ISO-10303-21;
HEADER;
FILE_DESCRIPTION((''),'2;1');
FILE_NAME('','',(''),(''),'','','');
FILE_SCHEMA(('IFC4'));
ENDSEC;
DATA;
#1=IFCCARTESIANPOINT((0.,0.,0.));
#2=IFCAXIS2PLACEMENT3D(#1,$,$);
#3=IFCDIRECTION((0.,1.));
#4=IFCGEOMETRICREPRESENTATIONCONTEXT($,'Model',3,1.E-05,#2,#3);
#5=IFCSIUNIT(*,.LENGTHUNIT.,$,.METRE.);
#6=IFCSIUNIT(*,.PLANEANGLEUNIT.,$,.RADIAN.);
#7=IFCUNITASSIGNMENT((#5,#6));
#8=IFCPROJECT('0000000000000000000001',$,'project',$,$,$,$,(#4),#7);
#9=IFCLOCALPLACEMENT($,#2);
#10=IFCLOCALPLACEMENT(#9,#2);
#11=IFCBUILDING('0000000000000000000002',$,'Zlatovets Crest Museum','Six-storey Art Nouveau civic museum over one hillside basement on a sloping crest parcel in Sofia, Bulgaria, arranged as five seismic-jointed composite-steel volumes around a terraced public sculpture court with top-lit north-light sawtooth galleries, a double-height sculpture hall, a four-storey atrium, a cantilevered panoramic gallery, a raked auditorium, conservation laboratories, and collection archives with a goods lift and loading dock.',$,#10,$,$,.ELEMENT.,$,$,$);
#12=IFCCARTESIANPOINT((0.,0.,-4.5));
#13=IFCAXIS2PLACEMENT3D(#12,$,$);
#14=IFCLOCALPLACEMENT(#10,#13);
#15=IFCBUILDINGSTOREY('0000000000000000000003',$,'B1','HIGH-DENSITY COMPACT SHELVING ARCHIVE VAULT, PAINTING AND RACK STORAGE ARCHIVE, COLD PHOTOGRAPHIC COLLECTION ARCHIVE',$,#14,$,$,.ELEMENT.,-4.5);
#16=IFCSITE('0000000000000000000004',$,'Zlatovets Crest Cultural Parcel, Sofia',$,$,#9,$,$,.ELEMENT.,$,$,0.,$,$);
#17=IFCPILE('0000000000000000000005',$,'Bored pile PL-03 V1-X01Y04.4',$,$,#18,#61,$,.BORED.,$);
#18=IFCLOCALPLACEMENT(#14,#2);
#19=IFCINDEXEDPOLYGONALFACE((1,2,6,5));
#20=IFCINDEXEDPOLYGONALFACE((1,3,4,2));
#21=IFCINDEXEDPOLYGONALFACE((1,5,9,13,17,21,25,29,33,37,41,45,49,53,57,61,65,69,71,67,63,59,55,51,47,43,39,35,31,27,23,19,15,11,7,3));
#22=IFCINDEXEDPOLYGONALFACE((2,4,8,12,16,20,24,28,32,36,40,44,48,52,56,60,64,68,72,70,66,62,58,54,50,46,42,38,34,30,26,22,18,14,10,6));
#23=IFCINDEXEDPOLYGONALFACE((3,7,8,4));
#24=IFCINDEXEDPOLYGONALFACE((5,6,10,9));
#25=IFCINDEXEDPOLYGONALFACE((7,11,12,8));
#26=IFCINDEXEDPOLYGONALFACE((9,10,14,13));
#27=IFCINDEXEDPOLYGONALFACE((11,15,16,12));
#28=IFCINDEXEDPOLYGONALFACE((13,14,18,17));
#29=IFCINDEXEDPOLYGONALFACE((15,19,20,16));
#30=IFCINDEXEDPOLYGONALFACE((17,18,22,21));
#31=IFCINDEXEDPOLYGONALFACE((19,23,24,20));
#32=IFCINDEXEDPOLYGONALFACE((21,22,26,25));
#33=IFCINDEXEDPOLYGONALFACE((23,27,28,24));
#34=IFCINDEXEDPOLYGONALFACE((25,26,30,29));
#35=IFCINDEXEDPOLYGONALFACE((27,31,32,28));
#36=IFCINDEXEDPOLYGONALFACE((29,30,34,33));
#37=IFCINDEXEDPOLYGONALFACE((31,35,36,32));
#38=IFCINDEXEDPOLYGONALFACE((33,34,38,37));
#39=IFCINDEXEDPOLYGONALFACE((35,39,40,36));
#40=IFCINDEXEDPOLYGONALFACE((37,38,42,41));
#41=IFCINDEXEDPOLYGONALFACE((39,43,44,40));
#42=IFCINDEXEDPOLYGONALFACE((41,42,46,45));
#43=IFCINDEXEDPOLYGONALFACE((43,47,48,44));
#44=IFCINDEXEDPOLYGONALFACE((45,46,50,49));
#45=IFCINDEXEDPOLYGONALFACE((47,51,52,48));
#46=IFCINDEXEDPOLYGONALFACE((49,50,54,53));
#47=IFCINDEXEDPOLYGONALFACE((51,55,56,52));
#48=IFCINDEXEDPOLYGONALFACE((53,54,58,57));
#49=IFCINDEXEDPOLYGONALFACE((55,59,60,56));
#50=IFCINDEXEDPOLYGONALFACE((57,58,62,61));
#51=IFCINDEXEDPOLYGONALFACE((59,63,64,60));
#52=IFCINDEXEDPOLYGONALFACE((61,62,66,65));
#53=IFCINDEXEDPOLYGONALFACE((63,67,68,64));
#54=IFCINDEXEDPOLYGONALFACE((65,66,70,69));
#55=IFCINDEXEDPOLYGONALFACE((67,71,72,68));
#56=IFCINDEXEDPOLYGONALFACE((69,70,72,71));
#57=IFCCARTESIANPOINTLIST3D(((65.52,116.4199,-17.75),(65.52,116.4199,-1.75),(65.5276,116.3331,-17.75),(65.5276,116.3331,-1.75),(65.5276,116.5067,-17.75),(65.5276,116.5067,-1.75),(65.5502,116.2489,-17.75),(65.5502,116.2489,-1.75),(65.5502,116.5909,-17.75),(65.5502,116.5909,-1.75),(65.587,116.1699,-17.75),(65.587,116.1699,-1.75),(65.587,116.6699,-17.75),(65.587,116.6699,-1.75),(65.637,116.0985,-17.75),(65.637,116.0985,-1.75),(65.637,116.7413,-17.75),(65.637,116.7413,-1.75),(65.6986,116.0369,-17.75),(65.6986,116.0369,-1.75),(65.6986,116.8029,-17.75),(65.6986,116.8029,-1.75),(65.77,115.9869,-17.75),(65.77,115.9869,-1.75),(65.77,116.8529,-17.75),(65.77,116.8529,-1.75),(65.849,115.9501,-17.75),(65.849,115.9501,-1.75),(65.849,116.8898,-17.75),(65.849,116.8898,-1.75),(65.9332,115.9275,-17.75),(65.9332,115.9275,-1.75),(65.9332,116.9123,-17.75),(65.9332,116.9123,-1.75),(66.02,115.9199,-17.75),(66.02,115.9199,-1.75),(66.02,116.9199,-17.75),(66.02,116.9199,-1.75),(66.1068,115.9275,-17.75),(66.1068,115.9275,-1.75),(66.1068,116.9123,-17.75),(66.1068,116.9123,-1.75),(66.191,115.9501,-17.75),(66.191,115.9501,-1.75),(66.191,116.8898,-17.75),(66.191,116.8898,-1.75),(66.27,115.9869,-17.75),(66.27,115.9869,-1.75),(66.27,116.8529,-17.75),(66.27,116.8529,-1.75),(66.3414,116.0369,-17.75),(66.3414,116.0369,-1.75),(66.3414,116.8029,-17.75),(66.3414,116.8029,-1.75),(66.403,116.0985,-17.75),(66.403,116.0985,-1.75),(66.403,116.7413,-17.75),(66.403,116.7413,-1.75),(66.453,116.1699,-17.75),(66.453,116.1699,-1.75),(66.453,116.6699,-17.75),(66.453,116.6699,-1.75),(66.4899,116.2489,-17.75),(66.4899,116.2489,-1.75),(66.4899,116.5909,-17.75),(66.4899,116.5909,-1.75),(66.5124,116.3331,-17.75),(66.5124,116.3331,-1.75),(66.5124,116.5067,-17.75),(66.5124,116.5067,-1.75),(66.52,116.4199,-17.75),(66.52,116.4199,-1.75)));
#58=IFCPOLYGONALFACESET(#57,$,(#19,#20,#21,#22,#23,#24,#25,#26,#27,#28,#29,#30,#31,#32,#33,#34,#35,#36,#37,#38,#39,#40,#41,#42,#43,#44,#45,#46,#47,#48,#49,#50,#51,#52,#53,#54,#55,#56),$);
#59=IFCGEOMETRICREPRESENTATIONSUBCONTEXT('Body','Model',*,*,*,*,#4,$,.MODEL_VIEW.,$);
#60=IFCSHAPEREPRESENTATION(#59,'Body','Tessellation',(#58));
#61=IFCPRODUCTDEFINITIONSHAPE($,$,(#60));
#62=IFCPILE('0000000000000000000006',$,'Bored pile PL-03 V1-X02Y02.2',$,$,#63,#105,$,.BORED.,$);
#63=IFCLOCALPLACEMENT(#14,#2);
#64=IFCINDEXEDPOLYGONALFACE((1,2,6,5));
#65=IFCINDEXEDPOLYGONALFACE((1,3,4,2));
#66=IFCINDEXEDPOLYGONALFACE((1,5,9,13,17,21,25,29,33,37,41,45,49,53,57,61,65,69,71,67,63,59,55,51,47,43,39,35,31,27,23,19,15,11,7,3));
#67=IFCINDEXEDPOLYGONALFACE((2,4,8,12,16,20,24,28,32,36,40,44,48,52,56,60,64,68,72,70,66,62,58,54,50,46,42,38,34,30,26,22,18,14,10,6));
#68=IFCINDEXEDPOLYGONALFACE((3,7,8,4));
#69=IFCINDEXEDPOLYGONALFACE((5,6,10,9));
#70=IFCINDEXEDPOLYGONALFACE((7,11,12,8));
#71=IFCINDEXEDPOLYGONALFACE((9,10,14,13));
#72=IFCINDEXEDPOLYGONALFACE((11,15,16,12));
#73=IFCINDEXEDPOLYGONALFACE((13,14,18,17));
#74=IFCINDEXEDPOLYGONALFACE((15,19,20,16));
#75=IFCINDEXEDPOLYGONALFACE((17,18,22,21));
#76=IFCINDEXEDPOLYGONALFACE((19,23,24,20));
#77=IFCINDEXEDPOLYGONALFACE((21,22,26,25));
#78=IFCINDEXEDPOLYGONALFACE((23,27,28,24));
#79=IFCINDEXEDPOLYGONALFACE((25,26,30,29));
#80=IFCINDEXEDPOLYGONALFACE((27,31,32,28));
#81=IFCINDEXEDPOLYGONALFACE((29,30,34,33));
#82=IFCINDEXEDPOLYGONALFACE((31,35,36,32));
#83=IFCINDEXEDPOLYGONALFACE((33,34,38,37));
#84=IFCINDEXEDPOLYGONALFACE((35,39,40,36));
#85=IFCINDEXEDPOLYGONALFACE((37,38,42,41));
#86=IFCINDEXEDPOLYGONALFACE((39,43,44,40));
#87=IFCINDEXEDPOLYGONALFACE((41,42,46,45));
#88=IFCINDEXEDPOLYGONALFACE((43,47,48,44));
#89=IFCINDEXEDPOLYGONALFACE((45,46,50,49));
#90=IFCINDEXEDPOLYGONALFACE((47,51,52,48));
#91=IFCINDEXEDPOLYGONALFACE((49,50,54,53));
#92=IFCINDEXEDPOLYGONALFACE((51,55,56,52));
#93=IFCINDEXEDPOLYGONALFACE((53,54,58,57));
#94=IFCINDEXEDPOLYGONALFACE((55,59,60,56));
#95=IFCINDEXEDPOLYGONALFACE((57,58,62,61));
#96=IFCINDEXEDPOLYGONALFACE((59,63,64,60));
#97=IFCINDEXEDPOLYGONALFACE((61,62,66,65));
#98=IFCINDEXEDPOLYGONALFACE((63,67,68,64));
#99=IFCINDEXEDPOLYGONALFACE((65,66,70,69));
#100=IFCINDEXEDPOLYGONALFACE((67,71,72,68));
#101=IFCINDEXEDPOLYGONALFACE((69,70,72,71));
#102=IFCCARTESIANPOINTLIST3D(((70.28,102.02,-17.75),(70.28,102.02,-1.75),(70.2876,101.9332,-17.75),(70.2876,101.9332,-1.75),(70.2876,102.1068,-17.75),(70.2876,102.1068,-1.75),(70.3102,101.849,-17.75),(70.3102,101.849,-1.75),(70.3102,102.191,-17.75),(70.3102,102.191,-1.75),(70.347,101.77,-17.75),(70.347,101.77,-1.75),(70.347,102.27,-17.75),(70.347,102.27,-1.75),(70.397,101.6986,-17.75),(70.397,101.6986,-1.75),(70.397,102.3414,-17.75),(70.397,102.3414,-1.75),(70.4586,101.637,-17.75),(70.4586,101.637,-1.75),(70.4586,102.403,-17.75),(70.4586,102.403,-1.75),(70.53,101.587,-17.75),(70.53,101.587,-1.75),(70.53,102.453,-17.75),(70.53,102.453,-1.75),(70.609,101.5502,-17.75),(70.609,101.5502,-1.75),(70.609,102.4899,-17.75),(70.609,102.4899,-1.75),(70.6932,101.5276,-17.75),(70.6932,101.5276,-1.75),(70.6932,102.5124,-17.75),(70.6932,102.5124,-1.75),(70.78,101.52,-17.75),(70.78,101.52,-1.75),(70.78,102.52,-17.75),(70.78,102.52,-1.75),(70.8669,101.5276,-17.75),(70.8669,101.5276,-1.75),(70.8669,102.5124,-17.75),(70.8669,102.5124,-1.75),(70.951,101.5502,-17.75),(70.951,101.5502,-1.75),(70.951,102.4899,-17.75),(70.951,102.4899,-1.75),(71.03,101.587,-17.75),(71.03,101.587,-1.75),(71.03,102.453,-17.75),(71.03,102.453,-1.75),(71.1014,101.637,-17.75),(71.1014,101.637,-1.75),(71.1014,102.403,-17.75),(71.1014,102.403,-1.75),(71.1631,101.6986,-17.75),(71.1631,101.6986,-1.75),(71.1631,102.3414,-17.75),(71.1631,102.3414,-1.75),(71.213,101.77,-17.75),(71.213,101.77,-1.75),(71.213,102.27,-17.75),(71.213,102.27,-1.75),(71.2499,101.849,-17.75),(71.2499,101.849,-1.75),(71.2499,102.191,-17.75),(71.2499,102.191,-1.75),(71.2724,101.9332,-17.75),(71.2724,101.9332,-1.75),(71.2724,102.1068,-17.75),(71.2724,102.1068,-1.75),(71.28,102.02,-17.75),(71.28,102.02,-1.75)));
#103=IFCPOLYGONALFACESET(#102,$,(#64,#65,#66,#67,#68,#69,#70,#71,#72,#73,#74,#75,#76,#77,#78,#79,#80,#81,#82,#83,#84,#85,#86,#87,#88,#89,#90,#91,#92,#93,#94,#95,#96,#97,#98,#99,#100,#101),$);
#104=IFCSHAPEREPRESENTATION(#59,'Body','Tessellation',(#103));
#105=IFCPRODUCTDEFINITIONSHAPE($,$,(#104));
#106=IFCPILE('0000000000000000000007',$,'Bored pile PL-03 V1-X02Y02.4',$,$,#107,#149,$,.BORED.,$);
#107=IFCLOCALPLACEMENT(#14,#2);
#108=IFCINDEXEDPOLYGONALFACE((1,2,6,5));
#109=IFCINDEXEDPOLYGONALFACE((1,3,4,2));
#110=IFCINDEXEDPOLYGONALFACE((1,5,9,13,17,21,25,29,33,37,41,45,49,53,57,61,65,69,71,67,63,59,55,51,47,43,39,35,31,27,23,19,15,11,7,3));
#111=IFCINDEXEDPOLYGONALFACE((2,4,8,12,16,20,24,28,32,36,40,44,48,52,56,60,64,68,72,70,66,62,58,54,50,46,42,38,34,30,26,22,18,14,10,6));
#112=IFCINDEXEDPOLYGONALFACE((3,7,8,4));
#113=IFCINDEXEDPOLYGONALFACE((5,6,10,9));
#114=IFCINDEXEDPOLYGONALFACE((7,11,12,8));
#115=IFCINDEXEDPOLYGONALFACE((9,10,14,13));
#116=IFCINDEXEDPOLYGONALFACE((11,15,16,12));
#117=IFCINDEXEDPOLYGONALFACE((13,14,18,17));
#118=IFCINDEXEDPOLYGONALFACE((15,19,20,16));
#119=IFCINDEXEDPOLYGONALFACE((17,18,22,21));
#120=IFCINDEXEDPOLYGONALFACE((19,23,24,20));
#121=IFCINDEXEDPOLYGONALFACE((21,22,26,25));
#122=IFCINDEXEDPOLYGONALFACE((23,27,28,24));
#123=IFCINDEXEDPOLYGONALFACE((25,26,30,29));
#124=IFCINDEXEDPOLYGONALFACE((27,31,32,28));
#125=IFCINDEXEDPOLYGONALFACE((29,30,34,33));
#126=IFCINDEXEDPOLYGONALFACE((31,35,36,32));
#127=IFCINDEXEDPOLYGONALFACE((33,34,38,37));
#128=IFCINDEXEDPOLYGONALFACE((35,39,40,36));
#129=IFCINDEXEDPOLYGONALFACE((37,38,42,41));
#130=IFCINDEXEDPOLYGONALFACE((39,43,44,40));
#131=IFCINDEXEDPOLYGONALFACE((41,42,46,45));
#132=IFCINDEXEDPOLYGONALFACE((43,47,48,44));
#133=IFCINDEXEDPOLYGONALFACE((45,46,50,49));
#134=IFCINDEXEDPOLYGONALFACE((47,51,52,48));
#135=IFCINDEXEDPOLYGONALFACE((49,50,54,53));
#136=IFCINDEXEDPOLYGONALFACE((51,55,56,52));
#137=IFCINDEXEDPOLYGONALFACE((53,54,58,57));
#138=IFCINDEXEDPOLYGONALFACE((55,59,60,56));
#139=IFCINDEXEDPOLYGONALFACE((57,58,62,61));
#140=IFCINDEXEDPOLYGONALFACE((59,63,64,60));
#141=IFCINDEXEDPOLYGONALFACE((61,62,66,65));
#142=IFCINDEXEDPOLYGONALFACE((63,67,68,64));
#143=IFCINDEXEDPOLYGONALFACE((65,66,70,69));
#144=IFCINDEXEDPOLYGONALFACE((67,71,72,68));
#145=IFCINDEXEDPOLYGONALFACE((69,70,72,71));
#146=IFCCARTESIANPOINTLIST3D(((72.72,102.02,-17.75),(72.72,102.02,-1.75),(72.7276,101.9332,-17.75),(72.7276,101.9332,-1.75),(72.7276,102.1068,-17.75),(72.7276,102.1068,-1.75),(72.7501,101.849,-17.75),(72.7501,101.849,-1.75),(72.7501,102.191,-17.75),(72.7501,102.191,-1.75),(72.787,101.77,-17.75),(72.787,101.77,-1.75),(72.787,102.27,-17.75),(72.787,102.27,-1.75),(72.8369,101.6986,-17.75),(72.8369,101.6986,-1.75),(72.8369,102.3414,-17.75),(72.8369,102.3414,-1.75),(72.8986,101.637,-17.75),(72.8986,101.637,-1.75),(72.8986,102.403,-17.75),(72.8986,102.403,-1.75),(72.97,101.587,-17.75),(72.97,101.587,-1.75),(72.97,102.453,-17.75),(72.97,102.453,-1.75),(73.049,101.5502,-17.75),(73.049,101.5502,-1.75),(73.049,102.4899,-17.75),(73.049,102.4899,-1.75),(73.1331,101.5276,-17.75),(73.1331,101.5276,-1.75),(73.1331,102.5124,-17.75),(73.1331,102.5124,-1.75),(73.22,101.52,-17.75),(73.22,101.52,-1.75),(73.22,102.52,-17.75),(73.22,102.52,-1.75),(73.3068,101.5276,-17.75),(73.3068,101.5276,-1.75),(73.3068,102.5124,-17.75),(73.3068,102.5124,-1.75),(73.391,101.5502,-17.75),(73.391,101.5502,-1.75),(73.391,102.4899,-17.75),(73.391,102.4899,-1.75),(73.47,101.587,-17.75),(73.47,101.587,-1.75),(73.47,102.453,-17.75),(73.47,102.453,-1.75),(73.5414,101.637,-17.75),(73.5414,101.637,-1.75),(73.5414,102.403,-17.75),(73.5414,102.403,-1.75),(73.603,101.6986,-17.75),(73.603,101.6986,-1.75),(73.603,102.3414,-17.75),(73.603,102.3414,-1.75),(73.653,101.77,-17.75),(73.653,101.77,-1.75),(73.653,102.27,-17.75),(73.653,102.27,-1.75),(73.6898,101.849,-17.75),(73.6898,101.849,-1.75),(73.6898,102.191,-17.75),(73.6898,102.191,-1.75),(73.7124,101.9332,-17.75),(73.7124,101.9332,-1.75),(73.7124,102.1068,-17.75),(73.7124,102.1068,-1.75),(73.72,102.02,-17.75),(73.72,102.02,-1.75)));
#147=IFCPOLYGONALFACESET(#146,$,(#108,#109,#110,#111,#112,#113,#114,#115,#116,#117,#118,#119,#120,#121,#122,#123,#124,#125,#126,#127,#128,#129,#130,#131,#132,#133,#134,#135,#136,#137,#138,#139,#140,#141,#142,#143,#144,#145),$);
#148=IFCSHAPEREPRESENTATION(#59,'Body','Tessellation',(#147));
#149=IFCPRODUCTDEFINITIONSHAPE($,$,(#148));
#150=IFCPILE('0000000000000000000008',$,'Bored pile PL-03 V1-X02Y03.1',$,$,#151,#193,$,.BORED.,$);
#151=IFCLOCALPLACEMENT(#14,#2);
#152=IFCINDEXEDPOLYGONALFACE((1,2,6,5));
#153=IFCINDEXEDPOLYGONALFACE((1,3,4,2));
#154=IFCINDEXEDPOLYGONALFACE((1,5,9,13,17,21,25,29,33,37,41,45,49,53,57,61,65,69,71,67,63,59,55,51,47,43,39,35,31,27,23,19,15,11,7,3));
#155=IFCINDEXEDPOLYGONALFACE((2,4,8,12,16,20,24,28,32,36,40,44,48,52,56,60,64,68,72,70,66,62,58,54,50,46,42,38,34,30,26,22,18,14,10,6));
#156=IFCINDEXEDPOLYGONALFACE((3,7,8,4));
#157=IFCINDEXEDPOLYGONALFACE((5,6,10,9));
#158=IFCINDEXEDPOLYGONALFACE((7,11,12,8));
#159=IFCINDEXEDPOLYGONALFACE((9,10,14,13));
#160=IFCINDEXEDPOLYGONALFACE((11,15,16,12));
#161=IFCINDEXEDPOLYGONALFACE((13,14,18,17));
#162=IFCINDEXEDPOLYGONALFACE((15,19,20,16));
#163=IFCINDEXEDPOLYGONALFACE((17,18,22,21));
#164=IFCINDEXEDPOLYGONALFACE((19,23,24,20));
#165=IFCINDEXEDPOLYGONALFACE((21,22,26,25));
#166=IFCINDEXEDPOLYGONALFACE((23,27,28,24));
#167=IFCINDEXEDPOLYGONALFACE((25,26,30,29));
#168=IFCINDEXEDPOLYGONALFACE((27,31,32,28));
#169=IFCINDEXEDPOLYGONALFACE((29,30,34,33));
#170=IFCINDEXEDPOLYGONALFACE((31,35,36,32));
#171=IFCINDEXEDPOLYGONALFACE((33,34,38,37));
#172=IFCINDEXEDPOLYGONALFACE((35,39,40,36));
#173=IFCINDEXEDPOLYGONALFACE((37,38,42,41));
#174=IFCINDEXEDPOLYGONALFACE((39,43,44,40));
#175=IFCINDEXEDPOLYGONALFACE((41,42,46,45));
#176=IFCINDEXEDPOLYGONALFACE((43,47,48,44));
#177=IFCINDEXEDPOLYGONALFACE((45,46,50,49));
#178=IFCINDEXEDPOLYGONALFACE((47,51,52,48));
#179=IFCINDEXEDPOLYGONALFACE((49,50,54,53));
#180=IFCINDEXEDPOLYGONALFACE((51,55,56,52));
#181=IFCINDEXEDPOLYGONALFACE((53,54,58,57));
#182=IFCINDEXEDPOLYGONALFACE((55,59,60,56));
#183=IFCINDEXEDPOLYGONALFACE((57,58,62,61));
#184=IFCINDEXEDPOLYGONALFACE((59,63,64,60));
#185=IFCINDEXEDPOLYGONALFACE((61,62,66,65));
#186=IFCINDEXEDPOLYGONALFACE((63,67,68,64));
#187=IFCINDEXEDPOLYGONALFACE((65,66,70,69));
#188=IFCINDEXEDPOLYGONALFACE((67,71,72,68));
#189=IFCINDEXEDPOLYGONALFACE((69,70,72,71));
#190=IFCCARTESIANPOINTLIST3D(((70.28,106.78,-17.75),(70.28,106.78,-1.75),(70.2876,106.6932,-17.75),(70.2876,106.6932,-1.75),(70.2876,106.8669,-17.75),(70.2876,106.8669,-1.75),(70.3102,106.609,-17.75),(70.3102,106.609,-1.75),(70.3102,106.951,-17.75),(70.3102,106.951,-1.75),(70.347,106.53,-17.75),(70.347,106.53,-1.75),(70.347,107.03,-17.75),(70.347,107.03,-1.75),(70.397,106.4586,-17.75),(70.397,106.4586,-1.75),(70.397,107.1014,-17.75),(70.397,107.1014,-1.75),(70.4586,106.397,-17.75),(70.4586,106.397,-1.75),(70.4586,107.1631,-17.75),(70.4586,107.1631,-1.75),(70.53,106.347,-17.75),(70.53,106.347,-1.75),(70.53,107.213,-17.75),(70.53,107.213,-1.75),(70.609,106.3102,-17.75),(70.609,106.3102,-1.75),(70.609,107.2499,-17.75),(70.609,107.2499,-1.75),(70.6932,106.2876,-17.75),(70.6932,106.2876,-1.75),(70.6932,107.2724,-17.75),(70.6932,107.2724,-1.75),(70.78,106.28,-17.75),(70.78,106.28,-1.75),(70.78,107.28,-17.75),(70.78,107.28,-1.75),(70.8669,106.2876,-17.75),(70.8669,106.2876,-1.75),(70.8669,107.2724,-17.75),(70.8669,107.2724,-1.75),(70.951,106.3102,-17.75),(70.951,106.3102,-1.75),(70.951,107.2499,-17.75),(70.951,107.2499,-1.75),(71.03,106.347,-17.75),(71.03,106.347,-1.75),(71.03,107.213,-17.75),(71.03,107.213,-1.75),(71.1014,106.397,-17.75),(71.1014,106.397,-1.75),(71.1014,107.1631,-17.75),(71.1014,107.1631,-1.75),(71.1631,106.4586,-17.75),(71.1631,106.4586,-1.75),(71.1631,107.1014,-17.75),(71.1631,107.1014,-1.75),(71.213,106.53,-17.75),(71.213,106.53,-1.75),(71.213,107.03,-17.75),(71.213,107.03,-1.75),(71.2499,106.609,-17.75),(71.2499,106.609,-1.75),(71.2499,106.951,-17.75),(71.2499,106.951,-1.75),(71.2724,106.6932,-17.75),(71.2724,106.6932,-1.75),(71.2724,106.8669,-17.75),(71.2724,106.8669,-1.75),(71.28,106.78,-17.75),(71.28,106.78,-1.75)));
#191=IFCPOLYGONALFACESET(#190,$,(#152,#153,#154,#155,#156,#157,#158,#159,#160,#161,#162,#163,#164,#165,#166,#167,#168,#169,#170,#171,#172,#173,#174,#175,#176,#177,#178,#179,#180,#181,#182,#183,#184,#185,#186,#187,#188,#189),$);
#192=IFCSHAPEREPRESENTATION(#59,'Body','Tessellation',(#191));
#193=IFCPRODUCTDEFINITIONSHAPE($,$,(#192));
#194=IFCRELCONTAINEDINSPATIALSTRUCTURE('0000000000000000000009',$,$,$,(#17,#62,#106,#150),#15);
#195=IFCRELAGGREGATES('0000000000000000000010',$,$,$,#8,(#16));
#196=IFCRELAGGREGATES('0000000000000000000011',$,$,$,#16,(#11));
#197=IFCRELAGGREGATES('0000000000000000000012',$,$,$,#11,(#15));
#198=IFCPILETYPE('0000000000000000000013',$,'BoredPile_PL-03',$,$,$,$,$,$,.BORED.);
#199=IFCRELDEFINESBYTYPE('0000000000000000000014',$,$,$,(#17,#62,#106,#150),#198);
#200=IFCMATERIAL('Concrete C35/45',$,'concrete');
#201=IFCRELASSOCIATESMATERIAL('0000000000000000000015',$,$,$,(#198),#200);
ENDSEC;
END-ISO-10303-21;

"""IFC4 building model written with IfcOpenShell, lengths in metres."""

from ifc_helpers import new_model, si_unit, direction, frame, origin, origin_2d, place, context, subcontext, project, spatial, circle, extrude, material, material_profile, profile_set, type_object, element, save


model = new_model("IFC4")

# Units and contexts
model_context = context("Model", 3, precision=1e-05, world=origin(), true_north=direction((0.0, 1.0)))
body_context = subcontext(model_context, "Body", "Model", "MODEL_VIEW")
ifc_project = project(units=[si_unit("LENGTHUNIT", "METRE"), si_unit("PLANEANGLEUNIT", "RADIAN")], contexts=[model_context])

# Site, building, storey
site_placement = place(None, origin())
site = spatial("IfcSite", under=ifc_project, at=site_placement, Name="Zlatovets Crest Cultural Parcel, Sofia", CompositionType="ELEMENT", RefElevation=0.0)
building_placement = place(site_placement, origin())
building = spatial("IfcBuilding", under=site, at=building_placement, Name="Zlatovets Crest Museum", Description="Six-storey Art Nouveau civic museum over one hillside basement on a sloping crest parcel in Sofia, Bulgaria, arranged as five seismic-jointed composite-steel volumes around a terraced public sculpture court with top-lit north-light sawtooth galleries, a double-height sculpture hall, a four-storey atrium, a cantilevered panoramic gallery, a raked auditorium, conservation laboratories, and collection archives with a goods lift and loading dock.", CompositionType="ELEMENT")
storey_placement = place(building_placement, frame((0.0, 0.0, -4.5)))
storey = spatial("IfcBuildingStorey", under=building, at=storey_placement, Name="B1", Description="HIGH-DENSITY COMPACT SHELVING ARCHIVE VAULT, PAINTING AND RACK STORAGE ARCHIVE, COLD PHOTOGRAPHIC COLLECTION ARCHIVE", CompositionType="ELEMENT", Elevation=-4.5)

# Piles
ifc_material = material(Name="Concrete C35/45", Category="concrete")
ifc_material_profile_1 = material_profile(ifc_material, circle(Radius=0.5, at=origin_2d()), Name="PILE D1000")
ifc_profile_set_1 = profile_set([ifc_material_profile_1], Name="Concrete C35/45")
pile_type = type_object("IfcPileType", Name="BoredPile_PL-03", PredefinedType="BORED", material=ifc_profile_set_1)
for number, where, z_axis, x_axis, name in (
    (1, (66.02, 116.4199, -1.75), (0.0, 0.0, -1.0), (1.0, 0.0, 0.0), "Bored pile PL-03 V1-X01Y04.4"),
    (2, (70.78, 102.02, -1.75), (0.0, 0.0, -1.0), (1.0, 0.0, 0.0), "Bored pile PL-03 V1-X02Y02.2"),
    (3, (73.22, 102.02, -1.75), (0.0, 0.0, -1.0), (1.0, 0.0, 0.0), "Bored pile PL-03 V1-X02Y02.4"),
    (4, (70.78, 106.78, -1.75), (0.0, 0.0, -1.0), (1.0, 0.0, 0.0), "Bored pile PL-03 V1-X02Y03.1"),
):
    element("IfcPile", number, at=place(storey_placement, frame(where, z_axis=z_axis, x_axis=x_axis)), inside=storey, type_object=pile_type, Name=name, PredefinedType="BORED", context=body_context, shape_type="SweptSolid", body=[
        extrude(circle(Radius=0.5, at=origin_2d()), origin(), (0.0, 0.0, 1.0), 16.0),
    ])

save(model, "model.ifc")
